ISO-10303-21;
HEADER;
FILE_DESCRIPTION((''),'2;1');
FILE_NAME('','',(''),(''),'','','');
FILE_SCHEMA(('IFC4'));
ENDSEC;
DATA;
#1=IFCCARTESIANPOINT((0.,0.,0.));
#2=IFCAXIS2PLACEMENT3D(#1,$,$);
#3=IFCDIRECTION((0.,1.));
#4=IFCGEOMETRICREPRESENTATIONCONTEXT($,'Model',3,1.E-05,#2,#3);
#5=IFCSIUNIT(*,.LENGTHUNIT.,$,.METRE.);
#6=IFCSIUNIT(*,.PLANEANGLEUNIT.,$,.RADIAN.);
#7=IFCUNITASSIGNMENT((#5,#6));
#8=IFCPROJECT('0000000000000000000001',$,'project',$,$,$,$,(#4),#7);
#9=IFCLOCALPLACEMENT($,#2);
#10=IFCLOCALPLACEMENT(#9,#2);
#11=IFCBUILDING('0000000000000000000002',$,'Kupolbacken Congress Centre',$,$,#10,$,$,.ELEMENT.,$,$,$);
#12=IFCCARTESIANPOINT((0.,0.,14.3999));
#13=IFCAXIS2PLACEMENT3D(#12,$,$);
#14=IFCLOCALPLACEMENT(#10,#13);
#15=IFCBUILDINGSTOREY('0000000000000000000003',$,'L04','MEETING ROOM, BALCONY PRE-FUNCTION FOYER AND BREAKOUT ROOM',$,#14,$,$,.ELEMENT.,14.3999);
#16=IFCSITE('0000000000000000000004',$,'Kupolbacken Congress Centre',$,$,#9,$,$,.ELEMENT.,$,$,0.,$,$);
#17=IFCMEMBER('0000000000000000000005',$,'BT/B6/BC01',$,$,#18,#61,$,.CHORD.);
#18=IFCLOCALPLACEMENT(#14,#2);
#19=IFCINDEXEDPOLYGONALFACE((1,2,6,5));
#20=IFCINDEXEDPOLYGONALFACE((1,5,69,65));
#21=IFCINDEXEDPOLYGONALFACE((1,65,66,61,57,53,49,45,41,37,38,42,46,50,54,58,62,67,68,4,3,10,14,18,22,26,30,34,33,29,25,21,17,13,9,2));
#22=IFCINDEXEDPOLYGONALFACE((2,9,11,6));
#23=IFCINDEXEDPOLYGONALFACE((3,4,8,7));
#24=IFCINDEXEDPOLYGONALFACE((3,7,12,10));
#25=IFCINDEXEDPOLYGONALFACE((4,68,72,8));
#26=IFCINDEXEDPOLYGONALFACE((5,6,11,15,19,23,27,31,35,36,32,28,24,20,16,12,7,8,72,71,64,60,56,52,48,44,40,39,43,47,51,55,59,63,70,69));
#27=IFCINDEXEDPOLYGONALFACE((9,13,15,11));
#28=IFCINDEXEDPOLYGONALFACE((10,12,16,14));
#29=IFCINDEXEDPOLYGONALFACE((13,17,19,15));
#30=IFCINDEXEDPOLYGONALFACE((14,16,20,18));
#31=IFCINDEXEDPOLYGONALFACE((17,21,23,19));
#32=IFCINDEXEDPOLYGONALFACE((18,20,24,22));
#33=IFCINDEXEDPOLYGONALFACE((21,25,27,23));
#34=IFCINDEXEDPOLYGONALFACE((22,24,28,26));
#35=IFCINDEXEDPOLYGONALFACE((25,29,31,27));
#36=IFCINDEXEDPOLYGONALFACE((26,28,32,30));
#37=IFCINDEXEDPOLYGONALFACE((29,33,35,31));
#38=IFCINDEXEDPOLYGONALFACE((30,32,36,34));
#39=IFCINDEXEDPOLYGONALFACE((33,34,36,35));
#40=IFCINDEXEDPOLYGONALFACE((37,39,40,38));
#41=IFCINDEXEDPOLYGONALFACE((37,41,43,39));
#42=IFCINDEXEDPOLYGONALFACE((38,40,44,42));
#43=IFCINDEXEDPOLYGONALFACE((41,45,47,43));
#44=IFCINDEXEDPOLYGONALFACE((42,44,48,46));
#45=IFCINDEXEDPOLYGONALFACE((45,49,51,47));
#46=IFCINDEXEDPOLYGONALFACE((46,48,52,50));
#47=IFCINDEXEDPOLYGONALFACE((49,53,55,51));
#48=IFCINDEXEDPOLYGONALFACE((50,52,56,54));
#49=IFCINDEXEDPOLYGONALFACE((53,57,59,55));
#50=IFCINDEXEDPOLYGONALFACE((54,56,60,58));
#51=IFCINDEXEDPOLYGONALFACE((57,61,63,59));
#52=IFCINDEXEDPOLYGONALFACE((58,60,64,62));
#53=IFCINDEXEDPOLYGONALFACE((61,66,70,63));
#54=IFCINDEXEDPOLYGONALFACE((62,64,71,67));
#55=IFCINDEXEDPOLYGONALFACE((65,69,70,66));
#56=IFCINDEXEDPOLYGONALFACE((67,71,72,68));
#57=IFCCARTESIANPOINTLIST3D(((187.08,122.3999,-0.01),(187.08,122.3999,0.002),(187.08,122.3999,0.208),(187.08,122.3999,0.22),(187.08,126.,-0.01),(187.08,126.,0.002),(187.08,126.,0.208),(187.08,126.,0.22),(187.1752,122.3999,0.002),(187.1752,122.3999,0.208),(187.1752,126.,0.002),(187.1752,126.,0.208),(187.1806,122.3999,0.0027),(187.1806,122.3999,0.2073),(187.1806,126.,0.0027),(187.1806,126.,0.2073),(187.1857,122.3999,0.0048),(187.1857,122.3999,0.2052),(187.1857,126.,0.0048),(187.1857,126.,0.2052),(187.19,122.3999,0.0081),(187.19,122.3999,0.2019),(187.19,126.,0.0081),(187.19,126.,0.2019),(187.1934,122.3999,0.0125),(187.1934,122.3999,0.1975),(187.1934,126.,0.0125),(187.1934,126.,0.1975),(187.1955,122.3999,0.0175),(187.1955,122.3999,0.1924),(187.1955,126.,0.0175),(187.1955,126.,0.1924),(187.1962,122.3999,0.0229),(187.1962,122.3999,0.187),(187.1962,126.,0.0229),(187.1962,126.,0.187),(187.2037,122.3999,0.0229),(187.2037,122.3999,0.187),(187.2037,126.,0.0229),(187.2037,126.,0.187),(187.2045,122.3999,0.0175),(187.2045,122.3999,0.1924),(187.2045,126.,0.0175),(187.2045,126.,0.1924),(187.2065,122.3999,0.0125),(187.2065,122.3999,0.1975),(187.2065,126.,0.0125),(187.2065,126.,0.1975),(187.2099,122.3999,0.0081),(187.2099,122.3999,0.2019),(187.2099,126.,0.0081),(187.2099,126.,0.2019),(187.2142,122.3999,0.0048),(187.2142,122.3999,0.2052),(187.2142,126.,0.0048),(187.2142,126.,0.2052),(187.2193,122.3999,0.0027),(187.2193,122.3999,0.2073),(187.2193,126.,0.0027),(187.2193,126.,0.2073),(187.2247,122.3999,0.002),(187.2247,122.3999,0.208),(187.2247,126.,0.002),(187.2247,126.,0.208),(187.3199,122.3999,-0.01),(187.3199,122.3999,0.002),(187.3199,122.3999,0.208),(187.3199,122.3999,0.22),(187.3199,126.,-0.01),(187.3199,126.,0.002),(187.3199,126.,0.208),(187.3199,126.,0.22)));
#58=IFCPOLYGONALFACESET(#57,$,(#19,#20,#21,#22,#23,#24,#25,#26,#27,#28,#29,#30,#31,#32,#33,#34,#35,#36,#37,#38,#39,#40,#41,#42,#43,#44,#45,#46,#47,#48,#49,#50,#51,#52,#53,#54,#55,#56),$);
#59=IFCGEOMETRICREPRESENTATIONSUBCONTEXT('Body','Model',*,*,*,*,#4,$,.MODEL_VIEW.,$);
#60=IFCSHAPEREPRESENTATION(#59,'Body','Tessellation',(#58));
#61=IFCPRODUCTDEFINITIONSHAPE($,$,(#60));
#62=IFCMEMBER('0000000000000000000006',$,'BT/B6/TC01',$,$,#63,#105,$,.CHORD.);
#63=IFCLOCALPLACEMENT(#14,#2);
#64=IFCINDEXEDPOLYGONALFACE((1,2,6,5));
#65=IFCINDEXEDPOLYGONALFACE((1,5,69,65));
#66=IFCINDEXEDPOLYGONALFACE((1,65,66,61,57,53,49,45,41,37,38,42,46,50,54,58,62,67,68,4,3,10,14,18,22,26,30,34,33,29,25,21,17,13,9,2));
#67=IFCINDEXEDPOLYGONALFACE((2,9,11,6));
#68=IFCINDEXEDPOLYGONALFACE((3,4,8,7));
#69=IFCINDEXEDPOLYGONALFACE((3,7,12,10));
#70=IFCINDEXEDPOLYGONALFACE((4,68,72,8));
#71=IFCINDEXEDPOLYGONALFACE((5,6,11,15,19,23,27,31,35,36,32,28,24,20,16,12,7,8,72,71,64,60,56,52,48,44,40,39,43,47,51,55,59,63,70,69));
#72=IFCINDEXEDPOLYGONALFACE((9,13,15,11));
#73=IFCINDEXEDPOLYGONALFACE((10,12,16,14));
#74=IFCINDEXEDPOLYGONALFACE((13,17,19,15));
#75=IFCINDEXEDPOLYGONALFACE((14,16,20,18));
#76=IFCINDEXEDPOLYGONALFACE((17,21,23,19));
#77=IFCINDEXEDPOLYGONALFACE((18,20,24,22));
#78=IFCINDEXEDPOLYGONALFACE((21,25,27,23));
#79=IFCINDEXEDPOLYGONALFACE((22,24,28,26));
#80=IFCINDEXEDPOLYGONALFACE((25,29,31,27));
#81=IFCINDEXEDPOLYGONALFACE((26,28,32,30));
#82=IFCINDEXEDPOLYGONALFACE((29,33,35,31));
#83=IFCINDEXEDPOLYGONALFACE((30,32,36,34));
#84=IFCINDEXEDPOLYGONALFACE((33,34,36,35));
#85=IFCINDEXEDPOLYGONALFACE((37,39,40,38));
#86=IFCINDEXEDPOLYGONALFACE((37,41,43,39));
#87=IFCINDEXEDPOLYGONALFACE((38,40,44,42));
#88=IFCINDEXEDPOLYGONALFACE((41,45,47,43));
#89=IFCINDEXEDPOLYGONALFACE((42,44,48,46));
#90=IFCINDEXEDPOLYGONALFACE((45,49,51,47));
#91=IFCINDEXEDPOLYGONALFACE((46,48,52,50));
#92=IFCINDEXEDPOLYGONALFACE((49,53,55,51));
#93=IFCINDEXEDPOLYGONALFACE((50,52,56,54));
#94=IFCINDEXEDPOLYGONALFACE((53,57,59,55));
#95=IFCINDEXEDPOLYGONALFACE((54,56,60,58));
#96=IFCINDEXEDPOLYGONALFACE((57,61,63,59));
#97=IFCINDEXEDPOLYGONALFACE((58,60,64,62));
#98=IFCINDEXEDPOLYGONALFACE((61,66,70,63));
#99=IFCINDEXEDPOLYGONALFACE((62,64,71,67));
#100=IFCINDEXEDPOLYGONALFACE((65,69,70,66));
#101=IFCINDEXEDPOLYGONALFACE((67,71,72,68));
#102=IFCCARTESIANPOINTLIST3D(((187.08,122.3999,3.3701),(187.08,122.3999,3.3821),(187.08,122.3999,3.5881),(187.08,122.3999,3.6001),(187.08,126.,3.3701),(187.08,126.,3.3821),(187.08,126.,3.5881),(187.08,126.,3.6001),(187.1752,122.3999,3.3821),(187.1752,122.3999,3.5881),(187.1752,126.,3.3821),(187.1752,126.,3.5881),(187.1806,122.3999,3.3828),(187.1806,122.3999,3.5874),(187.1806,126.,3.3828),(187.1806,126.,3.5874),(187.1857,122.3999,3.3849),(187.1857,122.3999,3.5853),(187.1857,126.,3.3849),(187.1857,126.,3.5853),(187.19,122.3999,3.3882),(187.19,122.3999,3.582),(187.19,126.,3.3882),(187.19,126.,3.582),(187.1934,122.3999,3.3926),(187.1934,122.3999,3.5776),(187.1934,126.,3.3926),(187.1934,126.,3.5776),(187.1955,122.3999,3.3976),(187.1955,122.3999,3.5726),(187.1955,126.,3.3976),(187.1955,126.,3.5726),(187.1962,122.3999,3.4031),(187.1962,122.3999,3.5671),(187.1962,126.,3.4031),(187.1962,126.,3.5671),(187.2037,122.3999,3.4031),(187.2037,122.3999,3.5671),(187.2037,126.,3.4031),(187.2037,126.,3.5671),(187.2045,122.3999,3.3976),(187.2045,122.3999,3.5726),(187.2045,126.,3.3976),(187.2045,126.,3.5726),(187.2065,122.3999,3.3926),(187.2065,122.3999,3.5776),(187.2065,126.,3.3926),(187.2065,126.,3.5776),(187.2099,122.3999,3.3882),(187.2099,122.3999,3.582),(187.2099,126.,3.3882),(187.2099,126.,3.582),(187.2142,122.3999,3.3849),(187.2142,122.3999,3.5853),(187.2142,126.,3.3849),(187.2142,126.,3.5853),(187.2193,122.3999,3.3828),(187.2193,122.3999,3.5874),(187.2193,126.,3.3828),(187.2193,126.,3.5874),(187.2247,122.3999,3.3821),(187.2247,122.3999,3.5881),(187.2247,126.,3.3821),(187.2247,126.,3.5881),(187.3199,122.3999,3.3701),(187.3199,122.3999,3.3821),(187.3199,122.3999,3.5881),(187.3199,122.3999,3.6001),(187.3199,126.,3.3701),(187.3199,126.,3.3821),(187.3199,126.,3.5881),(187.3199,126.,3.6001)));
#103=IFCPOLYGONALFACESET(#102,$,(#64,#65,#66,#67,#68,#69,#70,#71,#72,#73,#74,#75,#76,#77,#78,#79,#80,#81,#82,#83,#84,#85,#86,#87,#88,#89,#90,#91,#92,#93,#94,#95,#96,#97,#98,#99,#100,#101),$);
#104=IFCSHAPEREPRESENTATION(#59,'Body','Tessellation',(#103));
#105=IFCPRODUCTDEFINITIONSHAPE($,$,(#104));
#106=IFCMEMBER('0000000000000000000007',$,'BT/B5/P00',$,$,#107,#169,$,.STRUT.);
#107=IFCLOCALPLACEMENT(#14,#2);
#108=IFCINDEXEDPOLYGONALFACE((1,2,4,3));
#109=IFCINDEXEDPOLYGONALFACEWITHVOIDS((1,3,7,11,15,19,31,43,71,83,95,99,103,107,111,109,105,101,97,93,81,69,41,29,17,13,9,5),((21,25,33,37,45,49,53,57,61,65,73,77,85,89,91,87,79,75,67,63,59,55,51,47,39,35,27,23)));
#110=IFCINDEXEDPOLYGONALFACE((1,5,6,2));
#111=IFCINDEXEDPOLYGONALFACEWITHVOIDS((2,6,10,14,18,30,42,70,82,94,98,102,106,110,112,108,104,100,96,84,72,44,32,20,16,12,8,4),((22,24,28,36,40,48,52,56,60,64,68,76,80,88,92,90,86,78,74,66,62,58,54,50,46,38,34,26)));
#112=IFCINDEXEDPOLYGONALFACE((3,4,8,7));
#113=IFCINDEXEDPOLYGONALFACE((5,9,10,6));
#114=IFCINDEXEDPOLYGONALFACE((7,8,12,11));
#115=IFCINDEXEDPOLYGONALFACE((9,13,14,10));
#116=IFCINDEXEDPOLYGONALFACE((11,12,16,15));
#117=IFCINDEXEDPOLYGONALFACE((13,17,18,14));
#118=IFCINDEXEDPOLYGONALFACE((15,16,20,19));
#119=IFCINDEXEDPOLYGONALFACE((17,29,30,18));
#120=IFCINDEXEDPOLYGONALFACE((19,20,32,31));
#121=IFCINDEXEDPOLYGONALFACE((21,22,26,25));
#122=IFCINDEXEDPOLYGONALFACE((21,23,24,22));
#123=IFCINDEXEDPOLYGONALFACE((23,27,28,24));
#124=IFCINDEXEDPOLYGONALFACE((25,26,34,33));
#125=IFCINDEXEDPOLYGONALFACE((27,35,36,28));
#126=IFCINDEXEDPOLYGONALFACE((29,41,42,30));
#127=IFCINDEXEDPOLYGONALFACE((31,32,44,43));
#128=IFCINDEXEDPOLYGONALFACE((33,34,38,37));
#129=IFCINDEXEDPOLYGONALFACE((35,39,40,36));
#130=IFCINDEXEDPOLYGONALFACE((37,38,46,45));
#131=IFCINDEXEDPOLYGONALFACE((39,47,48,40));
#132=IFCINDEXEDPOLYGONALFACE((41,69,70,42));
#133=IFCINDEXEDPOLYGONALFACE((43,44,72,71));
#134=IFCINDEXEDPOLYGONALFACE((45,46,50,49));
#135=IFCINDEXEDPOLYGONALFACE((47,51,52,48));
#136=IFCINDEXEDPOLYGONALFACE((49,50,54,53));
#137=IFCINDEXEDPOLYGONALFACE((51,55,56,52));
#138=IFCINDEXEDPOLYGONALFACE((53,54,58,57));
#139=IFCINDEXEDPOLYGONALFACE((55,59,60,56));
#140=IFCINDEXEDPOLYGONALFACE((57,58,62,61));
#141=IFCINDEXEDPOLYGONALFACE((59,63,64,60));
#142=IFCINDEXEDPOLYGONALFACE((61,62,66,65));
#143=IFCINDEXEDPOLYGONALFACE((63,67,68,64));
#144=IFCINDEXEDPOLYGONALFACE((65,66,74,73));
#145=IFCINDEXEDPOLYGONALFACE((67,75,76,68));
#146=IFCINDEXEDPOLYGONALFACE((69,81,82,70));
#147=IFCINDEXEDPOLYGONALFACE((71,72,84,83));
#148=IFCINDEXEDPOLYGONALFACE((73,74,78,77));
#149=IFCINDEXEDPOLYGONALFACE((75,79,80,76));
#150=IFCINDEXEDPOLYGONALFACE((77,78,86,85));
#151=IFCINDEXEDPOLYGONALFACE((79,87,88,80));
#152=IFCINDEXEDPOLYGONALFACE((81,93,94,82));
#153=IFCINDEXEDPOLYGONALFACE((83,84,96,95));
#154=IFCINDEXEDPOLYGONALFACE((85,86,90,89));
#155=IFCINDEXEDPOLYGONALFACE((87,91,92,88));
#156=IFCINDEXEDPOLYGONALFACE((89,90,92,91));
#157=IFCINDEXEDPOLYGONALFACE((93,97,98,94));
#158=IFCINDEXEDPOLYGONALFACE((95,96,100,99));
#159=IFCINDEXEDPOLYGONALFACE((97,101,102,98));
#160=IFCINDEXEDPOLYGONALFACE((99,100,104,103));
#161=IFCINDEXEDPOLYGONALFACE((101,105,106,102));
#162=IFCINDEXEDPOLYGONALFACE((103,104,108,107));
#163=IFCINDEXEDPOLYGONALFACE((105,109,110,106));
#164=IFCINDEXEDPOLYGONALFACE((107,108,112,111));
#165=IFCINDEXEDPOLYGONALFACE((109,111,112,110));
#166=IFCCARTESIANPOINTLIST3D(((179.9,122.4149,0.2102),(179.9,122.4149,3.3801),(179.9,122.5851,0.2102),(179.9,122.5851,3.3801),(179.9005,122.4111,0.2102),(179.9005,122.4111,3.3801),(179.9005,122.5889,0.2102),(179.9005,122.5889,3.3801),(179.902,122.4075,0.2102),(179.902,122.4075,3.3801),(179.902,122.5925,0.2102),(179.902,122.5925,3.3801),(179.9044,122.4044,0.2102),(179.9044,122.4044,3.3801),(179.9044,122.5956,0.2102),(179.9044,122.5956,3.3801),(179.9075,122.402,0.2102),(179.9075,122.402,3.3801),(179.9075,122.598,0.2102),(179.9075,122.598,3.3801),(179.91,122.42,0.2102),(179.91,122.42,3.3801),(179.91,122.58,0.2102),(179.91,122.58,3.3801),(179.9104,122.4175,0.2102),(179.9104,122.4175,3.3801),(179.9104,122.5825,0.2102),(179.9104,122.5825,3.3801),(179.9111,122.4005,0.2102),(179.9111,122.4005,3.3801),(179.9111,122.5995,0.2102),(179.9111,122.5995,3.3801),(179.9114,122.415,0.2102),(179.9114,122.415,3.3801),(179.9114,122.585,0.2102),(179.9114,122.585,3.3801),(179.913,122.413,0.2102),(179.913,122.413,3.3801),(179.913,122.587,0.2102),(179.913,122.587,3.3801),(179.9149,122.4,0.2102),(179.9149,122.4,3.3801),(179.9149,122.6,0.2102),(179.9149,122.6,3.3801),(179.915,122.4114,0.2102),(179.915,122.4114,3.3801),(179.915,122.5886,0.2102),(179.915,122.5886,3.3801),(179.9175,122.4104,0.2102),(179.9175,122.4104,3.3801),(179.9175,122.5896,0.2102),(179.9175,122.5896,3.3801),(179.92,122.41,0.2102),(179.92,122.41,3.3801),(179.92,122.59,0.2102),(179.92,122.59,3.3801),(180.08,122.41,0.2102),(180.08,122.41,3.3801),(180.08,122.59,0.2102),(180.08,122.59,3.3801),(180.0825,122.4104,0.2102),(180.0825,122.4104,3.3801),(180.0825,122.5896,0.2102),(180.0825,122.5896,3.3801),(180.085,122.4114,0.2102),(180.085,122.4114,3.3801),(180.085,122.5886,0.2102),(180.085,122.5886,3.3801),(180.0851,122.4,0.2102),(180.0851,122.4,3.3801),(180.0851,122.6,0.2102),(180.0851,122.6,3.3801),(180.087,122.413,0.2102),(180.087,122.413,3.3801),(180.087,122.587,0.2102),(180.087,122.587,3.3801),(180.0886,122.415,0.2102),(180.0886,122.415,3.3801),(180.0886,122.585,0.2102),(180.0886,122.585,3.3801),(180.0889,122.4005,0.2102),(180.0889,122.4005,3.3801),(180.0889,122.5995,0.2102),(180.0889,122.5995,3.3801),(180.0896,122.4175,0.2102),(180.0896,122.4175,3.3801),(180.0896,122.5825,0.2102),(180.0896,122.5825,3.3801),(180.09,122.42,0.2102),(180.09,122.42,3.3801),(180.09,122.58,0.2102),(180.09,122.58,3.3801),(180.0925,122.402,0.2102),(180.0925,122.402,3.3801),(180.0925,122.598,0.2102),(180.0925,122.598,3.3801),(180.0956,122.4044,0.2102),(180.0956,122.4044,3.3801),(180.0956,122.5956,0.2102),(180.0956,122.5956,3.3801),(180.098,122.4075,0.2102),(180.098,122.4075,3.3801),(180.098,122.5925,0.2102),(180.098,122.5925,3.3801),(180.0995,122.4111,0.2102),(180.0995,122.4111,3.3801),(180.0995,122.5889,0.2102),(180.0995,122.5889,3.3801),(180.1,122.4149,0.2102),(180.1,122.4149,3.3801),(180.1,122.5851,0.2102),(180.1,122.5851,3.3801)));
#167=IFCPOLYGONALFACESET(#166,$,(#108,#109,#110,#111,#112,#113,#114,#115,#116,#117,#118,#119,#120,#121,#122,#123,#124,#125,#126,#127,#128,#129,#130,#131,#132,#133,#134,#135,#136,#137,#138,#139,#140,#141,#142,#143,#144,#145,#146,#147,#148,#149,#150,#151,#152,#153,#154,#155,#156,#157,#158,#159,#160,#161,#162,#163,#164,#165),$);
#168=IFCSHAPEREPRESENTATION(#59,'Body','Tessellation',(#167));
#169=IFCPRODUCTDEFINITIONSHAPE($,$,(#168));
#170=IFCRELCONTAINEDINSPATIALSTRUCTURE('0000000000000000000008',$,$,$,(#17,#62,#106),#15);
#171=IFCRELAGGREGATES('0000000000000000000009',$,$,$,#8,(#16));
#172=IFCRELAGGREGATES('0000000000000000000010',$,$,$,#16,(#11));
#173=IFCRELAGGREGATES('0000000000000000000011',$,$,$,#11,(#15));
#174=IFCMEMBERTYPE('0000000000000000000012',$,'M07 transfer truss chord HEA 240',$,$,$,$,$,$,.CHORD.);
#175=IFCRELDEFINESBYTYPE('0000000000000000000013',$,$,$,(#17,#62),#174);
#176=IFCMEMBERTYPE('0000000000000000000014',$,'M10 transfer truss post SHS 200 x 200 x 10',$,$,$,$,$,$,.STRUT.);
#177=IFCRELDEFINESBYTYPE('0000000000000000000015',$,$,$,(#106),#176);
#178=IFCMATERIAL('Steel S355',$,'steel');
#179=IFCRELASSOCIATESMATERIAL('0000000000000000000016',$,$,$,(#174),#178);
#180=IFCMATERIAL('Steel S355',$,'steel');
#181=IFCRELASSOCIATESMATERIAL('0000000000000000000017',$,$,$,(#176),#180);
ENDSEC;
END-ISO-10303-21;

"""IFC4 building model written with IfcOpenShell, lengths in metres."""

from ifc_helpers import new_model, si_unit, direction, frame, origin, origin_2d, place, context, subcontext, project, spatial, hollow_rectangle, i_section, extrude, material, material_profile, profile_set, type_object, element, save


model = new_model("IFC4")

# Units and contexts
model_context = context("Model", 3, precision=1e-05, world=origin(), true_north=direction((0.0, 1.0)))
body_context = subcontext(model_context, "Body", "Model", "MODEL_VIEW")
ifc_project = project(units=[si_unit("LENGTHUNIT", "METRE"), si_unit("PLANEANGLEUNIT", "RADIAN")], contexts=[model_context])

# Site, building, storey
site_placement = place(None, origin())
site = spatial("IfcSite", under=ifc_project, at=site_placement, Name="Kupolbacken Congress Centre", CompositionType="ELEMENT", RefElevation=0.0)
building_placement = place(site_placement, origin())
building = spatial("IfcBuilding", under=site, at=building_placement, Name="Kupolbacken Congress Centre", CompositionType="ELEMENT")
storey_placement = place(building_placement, frame((0.0, 0.0, 14.3999)))
storey = spatial("IfcBuildingStorey", under=building, at=storey_placement, Name="L04", Description="MEETING ROOM, BALCONY PRE-FUNCTION FOYER AND BREAKOUT ROOM", CompositionType="ELEMENT", Elevation=14.3999)

# Members
ifc_material_1 = material(Name="Steel S355", Category="steel")
ifc_material_profile_1 = material_profile(ifc_material_1, i_section(OverallWidth=0.24, OverallDepth=0.23, WebThickness=0.0076, FlangeThickness=0.012, FilletRadius=0.021, at=origin_2d()), Name="HEA 240")
ifc_profile_set_1 = profile_set([ifc_material_profile_1], Name="Steel S355")
member_type_1 = type_object("IfcMemberType", Name="M07 transfer truss chord HEA 240", PredefinedType="CHORD", material=ifc_profile_set_1)
for number, where, z_axis, x_axis, name in (
    (1, (187.2, 122.3999, 0.105), (0.0, 1.0, 0.0), (-1.0, 0.0, 0.0), "BT/B6/BC01"),
    (2, (187.2, 122.3999, 3.4851), (0.0, 1.0, 0.0), (-1.0, 0.0, 0.0), "BT/B6/TC01"),
):
    element("IfcMember", number, at=place(storey_placement, frame(where, z_axis=z_axis, x_axis=x_axis)), inside=storey, type_object=member_type_1, Name=name, PredefinedType="CHORD", context=body_context, shape_type="SweptSolid", body=[
        extrude(i_section(OverallWidth=0.24, OverallDepth=0.23, WebThickness=0.0076, FlangeThickness=0.012, FilletRadius=0.021, at=origin_2d()), origin(), (0.0, 0.0, 1.0), 3.6001),
    ])
ifc_material_2 = material(Name="Steel S355", Category="steel")
ifc_material_profile_2 = material_profile(ifc_material_2, hollow_rectangle(XDim=0.2, YDim=0.2, WallThickness=0.01, InnerFilletRadius=0.01, OuterFilletRadius=0.0149, at=origin_2d()), Name="SHS 200 x 200 x 10")
ifc_profile_set_2 = profile_set([ifc_material_profile_2], Name="Steel S355")
member_type_2 = type_object("IfcMemberType", Name="M10 transfer truss post SHS 200 x 200 x 10", PredefinedType="STRUT", material=ifc_profile_set_2)
for number, where, z_axis, x_axis, name in (
    (3, (180.0, 122.5, 0.2102), (0.0, 0.0, 1.0), (0.0, 1.0, 0.0), "BT/B5/P00"),
):
    element("IfcMember", number, at=place(storey_placement, frame(where, z_axis=z_axis, x_axis=x_axis)), inside=storey, type_object=member_type_2, Name=name, PredefinedType="STRUT", context=body_context, shape_type="SweptSolid", body=[
        extrude(hollow_rectangle(XDim=0.2, YDim=0.2, WallThickness=0.01, InnerFilletRadius=0.01, OuterFilletRadius=0.0149, at=origin_2d()), origin(), (0.0, 0.0, 1.0), 3.1699),
    ])

save(model, "model.ifc")
